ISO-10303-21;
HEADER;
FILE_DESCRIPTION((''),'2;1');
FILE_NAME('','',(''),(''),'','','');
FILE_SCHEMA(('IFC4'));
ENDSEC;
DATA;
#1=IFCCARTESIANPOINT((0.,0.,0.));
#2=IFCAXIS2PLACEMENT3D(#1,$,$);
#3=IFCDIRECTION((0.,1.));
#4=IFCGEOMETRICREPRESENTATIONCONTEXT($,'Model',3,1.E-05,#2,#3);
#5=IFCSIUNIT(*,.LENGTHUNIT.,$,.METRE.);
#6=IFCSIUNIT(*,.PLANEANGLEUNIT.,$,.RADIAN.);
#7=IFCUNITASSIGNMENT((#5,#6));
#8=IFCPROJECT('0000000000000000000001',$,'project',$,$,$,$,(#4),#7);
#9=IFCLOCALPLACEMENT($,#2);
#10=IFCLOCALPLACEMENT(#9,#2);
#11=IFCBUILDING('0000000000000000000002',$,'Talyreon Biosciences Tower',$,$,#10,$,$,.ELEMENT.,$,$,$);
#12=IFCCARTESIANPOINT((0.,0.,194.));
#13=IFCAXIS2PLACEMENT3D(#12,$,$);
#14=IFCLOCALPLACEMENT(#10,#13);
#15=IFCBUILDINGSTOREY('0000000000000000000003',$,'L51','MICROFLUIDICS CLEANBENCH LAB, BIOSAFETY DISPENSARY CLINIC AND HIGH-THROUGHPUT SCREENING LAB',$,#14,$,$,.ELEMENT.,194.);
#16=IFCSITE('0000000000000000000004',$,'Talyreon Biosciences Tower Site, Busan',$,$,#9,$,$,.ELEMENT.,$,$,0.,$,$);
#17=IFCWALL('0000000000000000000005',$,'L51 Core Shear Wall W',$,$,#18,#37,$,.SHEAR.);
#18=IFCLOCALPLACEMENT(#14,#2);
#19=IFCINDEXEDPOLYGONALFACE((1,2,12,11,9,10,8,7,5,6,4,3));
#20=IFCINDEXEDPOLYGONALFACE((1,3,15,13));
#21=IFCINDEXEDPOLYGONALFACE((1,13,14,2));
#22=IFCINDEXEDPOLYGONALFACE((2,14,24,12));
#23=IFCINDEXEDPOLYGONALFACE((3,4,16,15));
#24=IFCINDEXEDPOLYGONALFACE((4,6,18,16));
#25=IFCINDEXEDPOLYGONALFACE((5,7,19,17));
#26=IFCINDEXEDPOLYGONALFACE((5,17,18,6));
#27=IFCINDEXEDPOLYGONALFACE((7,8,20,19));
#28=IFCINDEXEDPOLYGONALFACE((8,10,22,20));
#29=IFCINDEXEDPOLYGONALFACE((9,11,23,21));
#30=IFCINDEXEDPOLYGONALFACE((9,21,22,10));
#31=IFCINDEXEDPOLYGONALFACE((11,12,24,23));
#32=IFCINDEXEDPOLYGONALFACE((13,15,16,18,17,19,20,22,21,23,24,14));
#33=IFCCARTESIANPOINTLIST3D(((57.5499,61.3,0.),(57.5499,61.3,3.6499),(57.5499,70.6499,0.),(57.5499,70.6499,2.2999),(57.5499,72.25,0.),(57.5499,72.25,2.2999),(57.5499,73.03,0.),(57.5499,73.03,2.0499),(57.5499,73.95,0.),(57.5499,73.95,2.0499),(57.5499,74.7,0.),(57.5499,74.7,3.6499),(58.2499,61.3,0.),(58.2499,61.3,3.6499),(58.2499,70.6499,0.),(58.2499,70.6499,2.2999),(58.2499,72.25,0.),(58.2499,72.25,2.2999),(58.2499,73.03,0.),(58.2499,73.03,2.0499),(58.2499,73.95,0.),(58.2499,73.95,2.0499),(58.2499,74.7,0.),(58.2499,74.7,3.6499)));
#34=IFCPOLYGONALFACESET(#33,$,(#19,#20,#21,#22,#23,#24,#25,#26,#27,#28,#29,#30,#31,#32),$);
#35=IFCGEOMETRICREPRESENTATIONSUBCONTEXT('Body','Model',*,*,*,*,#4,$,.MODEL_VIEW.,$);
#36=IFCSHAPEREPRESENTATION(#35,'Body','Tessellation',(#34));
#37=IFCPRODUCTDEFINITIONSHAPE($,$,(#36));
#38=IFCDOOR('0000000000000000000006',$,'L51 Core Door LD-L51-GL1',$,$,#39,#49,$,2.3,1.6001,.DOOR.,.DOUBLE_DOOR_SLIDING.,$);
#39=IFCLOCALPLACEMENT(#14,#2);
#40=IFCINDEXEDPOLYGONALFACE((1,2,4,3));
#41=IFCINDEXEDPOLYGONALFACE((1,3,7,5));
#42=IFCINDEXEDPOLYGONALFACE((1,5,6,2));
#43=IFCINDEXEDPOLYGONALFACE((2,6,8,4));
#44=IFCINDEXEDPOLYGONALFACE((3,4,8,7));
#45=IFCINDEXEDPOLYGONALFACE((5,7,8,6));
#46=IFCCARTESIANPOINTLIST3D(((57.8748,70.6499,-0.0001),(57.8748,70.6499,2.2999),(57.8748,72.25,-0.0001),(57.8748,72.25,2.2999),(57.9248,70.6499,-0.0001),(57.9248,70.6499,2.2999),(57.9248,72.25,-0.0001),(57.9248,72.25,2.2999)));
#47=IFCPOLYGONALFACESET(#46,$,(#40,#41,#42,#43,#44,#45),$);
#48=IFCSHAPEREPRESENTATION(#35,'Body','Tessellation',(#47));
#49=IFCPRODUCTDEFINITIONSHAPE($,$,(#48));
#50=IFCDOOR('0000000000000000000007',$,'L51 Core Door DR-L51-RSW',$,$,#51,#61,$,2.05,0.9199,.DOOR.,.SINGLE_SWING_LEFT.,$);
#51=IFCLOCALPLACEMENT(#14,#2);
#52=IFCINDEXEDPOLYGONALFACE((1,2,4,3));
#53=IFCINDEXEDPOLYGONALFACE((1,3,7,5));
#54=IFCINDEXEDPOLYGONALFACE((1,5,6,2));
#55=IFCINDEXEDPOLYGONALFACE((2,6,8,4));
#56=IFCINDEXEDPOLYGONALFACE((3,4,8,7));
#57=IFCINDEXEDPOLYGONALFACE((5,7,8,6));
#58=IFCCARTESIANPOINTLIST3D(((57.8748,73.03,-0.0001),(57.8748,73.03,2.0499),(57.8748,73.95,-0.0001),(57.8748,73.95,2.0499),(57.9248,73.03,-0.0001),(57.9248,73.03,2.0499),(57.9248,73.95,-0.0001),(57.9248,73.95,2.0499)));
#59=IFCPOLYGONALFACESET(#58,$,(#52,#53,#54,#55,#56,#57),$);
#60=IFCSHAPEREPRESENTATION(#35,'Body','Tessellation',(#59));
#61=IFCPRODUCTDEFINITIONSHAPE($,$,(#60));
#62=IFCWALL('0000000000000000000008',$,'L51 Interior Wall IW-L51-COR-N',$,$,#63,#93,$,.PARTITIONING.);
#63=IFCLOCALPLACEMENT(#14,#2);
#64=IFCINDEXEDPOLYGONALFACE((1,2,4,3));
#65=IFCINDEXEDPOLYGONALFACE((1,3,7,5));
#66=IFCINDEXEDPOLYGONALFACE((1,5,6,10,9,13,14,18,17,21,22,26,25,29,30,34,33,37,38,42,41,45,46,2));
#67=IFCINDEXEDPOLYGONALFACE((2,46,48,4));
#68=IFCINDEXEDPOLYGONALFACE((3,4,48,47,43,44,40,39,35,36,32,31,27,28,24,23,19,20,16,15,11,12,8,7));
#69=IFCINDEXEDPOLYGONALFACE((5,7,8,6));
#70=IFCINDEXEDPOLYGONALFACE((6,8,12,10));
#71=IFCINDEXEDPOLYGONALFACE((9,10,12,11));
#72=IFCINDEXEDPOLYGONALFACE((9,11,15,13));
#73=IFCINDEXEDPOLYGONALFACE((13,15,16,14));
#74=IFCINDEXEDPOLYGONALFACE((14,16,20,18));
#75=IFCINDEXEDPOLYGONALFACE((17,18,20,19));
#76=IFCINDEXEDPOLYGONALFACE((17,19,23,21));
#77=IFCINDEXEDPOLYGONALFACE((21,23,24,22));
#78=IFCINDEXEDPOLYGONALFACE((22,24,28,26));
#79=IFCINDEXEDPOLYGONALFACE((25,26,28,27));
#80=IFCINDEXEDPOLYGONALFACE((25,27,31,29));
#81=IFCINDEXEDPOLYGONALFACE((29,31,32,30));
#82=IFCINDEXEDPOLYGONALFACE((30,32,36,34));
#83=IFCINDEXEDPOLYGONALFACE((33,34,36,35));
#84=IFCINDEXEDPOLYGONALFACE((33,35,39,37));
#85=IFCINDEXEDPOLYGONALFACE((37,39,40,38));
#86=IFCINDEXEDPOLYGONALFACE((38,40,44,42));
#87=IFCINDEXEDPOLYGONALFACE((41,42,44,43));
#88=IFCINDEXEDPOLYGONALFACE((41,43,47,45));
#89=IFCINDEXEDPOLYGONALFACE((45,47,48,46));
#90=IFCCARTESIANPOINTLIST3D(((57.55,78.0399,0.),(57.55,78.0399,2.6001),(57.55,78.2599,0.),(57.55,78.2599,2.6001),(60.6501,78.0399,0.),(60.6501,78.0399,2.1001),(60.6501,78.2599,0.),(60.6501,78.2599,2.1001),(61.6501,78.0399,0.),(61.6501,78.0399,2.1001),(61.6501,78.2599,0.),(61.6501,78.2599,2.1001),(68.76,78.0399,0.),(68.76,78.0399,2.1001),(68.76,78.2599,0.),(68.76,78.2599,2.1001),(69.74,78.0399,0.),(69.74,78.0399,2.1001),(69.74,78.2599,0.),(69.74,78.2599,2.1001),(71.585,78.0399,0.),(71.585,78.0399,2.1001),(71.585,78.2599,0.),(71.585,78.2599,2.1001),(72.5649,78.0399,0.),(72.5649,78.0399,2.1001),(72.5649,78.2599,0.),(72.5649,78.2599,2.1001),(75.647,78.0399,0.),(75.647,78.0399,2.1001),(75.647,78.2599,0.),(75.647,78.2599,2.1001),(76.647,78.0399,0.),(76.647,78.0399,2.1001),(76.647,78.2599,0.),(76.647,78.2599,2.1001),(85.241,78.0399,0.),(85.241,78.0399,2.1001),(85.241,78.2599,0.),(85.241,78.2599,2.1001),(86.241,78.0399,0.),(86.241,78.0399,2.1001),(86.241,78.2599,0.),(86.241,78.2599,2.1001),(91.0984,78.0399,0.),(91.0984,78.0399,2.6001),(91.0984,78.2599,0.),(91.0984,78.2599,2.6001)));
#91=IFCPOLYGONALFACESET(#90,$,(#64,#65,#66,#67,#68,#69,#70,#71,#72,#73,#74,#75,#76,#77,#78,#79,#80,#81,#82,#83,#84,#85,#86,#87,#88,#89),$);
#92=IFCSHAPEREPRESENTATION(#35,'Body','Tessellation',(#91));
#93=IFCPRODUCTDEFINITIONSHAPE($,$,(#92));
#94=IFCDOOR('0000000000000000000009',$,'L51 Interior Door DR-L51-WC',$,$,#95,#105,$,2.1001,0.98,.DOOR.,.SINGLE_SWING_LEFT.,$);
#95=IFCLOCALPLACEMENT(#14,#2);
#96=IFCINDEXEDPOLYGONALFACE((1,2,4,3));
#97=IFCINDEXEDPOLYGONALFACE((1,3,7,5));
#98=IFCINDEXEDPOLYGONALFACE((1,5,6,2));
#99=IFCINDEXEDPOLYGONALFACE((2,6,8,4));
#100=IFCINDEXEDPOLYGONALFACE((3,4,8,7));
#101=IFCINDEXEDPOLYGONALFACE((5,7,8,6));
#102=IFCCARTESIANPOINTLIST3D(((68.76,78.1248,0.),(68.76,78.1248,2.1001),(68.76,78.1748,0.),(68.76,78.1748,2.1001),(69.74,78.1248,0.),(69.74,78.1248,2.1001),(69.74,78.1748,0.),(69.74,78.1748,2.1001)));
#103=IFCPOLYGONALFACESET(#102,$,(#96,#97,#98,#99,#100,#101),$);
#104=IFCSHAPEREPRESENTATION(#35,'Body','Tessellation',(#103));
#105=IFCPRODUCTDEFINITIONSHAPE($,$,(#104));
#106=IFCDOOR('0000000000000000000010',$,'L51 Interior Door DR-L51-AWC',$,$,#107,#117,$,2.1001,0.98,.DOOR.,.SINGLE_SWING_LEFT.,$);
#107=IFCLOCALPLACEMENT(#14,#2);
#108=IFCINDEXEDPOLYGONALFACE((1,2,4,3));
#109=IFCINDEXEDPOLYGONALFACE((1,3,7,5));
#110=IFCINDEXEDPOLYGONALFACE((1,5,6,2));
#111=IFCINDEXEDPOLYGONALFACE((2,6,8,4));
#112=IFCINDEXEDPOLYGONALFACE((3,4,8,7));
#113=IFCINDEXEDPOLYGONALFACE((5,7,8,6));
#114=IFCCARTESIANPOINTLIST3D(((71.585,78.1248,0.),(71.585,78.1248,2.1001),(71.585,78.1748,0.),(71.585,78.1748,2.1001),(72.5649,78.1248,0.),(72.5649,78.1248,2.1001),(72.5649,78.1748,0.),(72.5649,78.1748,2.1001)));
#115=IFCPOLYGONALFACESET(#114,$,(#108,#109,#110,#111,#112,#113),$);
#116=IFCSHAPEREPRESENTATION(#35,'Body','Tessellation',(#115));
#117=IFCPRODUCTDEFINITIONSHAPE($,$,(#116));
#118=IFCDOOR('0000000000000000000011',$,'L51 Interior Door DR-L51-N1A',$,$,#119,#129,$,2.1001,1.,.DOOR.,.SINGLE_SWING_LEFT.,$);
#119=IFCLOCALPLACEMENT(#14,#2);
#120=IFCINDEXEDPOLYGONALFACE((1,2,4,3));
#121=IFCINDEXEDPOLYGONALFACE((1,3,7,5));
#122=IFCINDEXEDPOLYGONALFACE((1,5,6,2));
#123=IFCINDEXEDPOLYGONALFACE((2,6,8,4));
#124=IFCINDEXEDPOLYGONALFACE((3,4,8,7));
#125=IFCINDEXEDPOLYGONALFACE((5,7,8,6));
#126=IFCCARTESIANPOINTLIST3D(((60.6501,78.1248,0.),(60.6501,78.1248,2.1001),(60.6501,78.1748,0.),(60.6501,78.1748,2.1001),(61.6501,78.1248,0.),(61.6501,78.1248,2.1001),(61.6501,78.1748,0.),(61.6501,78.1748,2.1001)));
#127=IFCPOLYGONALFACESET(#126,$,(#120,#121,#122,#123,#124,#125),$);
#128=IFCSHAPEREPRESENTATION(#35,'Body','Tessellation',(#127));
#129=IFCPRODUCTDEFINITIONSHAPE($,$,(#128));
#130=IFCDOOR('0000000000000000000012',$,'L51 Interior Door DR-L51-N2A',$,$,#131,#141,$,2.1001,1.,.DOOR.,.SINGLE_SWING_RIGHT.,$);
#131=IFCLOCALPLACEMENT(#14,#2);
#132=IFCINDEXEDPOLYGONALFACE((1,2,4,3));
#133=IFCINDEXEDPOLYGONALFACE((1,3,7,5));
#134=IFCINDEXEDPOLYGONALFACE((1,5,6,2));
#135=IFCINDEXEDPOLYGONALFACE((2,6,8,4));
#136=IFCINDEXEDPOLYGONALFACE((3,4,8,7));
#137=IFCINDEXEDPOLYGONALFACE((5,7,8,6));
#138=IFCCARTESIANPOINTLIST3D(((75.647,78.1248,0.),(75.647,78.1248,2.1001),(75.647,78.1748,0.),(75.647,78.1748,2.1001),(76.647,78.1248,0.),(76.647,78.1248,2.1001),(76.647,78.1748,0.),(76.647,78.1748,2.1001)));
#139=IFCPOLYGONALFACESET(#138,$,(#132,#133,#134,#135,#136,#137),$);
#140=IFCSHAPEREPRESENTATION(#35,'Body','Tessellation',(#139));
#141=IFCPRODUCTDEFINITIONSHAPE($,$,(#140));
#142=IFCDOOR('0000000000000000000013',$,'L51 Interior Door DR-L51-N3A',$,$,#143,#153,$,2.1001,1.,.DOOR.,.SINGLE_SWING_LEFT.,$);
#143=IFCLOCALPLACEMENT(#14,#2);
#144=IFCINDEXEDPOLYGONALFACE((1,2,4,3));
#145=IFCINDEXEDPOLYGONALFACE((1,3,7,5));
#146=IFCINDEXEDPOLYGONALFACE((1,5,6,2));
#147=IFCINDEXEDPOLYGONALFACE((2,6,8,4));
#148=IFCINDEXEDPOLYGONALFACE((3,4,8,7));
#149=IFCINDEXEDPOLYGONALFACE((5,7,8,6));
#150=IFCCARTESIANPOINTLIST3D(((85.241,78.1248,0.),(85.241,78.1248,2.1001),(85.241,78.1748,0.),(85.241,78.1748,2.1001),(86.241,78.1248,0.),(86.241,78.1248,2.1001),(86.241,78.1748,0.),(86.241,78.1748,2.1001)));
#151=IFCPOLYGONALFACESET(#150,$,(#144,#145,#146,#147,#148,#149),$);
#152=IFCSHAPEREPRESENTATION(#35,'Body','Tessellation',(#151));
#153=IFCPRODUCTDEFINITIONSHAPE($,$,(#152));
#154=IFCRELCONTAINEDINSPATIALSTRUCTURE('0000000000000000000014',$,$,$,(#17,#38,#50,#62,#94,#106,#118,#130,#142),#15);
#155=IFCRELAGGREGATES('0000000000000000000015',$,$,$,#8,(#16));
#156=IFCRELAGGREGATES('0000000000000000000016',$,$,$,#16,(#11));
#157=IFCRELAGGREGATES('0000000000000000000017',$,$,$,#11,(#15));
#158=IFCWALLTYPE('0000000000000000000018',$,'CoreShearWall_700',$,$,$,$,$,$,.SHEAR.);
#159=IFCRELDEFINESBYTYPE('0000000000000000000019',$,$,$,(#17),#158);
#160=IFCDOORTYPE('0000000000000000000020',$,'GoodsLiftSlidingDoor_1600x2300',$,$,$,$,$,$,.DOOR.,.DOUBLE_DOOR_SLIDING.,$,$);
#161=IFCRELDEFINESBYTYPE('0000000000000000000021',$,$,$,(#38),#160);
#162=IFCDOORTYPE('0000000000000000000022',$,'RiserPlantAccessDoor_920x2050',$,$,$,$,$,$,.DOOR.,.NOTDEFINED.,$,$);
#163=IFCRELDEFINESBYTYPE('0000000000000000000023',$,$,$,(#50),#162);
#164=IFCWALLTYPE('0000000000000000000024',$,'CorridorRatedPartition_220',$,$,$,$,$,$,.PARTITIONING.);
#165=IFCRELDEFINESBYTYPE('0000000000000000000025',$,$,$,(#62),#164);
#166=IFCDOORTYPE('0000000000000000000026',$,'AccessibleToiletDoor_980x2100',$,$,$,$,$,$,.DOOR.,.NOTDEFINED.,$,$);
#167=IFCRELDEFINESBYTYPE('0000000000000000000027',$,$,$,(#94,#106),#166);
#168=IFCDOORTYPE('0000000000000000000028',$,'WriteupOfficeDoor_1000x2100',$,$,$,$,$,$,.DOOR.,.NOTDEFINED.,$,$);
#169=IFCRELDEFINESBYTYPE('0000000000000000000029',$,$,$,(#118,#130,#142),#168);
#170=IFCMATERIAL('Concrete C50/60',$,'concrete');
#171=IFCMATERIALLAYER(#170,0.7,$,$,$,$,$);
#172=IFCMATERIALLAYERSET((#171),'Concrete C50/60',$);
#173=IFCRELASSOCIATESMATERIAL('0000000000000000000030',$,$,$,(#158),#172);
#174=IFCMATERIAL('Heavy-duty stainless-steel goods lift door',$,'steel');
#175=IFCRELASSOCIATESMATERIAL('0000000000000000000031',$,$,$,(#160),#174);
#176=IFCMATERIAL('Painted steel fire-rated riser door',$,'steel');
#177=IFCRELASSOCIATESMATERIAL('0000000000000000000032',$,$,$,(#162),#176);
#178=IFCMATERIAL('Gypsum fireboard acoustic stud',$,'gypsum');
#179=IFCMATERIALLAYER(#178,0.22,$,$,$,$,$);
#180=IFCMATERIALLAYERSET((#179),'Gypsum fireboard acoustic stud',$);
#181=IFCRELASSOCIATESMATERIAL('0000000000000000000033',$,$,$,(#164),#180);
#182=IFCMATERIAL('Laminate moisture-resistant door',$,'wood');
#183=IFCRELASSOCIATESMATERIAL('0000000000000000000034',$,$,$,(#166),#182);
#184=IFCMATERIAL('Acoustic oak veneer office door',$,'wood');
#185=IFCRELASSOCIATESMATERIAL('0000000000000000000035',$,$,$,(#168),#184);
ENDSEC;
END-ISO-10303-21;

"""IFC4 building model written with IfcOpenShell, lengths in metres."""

from ifc_helpers import new_model, si_unit, direction, frame, frame_2d, origin, place, context, subcontext, project, spatial, rectangle, extrude, material, layer, layer_set, type_object, element, fill, save


model = new_model("IFC4")

# Units and contexts
model_context = context("Model", 3, precision=1e-05, world=origin(), true_north=direction((0.0, 1.0)))
body_context = subcontext(model_context, "Body", "Model", "MODEL_VIEW")
ifc_project = project(units=[si_unit("LENGTHUNIT", "METRE"), si_unit("PLANEANGLEUNIT", "RADIAN")], contexts=[model_context])

# Site, building, storey
site_placement = place(None, origin())
site = spatial("IfcSite", under=ifc_project, at=site_placement, Name="Talyreon Biosciences Tower Site, Busan", CompositionType="ELEMENT", RefElevation=0.0)
building_placement = place(site_placement, origin())
building = spatial("IfcBuilding", under=site, at=building_placement, Name="Talyreon Biosciences Tower", CompositionType="ELEMENT")
storey_placement = place(building_placement, frame((0.0, 0.0, 194.0)))
storey = spatial("IfcBuildingStorey", under=building, at=storey_placement, Name="L51", Description="MICROFLUIDICS CLEANBENCH LAB, BIOSAFETY DISPENSARY CLINIC AND HIGH-THROUGHPUT SCREENING LAB", CompositionType="ELEMENT", Elevation=194.0)

# Shared definitions
ifc_material_1 = material(Name="Concrete C50/60", Category="concrete")

# Shared definitions
ifc_layer_1 = layer(ifc_material_1, 0.7)
ifc_layer_set_1 = layer_set([ifc_layer_1], Name="Concrete C50/60")
wall_type_1 = type_object("IfcWallType", Name="CoreShearWall_700", PredefinedType="SHEAR", material=ifc_layer_set_1)

# Walls, openings, doors
wall_1_placement = place(storey_placement, frame((57.8999, 74.7, 0.0), z_axis=(0.0, 0.0, 1.0), x_axis=(0.0, -1.0, 0.0)))
wall_1 = element("IfcWall", 1, at=wall_1_placement, inside=storey, type_object=wall_type_1, Name="L51 Core Shear Wall W", PredefinedType="SHEAR", context=body_context, shape_type="SweptSolid", body=[
    extrude(rectangle(XDim=13.3999, YDim=0.7, at=frame_2d((6.7, 0.0))), origin(), (0.0, 0.0, 1.0), 3.6499),
])
opening_1_placement = place(wall_1_placement, frame((0.75, 0.0, 0.0)))
opening_1 = element("IfcOpeningElement", 2, at=opening_1_placement, cuts=wall_1, PredefinedType="OPENING", context=body_context, shape_type="SweptSolid", body=[
    extrude(rectangle(XDim=0.9199, YDim=2.05, at=frame_2d((0.46, 1.0249))), frame((0.0, 0.3599, 0.0), z_axis=(0.0, -1.0, 0.0), x_axis=(1.0, 0.0, 0.0)), (0.0, 0.0, 1.0), 0.72),
])
opening_2_placement = place(wall_1_placement, frame((2.45, 0.0, 0.0)))
opening_2 = element("IfcOpeningElement", 3, at=opening_2_placement, cuts=wall_1, PredefinedType="OPENING", context=body_context, shape_type="SweptSolid", body=[
    extrude(rectangle(XDim=1.6001, YDim=2.3, at=frame_2d((0.8, 1.1499))), frame((0.0, 0.3599, 0.0), z_axis=(0.0, -1.0, 0.0), x_axis=(1.0, 0.0, 0.0)), (0.0, 0.0, 1.0), 0.72),
])
ifc_material_2 = material(Name="Heavy-duty stainless-steel goods lift door", Category="steel")
door_type_1 = type_object("IfcDoorType", Name="GoodsLiftSlidingDoor_1600x2300", OperationType="DOUBLE_DOOR_SLIDING", PredefinedType="DOOR", material=ifc_material_2)
door_1_placement = place(opening_2_placement, origin())
door_1 = element("IfcDoor", 4, at=door_1_placement, inside=storey, type_object=door_type_1, Name="L51 Core Door LD-L51-GL1", OperationType="DOUBLE_DOOR_SLIDING", OverallHeight=2.3, OverallWidth=1.6001, PredefinedType="DOOR", context=body_context, shape_type="SweptSolid", body=[
    extrude(rectangle(XDim=1.6001, YDim=2.3, at=frame_2d((0.8, 1.1499))), frame((0.0, 0.0249, 0.0), z_axis=(0.0, -1.0, 0.0), x_axis=(1.0, 0.0, 0.0)), (0.0, 0.0, 1.0), 0.05),
])
fill(opening_2, door_1)
ifc_material_3 = material(Name="Painted steel fire-rated riser door", Category="steel")
door_type_2 = type_object("IfcDoorType", Name="RiserPlantAccessDoor_920x2050", OperationType="NOTDEFINED", PredefinedType="DOOR", material=ifc_material_3)
door_2_placement = place(opening_1_placement, origin())
door_2 = element("IfcDoor", 5, at=door_2_placement, inside=storey, type_object=door_type_2, Name="L51 Core Door DR-L51-RSW", OperationType="SINGLE_SWING_LEFT", OverallHeight=2.05, OverallWidth=0.9199, PredefinedType="DOOR", context=body_context, shape_type="SweptSolid", body=[
    extrude(rectangle(XDim=0.9199, YDim=2.05, at=frame_2d((0.46, 1.0249))), frame((0.0, 0.0249, 0.0), z_axis=(0.0, -1.0, 0.0), x_axis=(1.0, 0.0, 0.0)), (0.0, 0.0, 1.0), 0.05),
])
fill(opening_1, door_2)
ifc_material_4 = material(Name="Gypsum fireboard acoustic stud", Category="gypsum")
ifc_layer_2 = layer(ifc_material_4, 0.22)
ifc_layer_set_2 = layer_set([ifc_layer_2], Name="Gypsum fireboard acoustic stud")
wall_type_2 = type_object("IfcWallType", Name="CorridorRatedPartition_220", PredefinedType="PARTITIONING", material=ifc_layer_set_2)
wall_2_placement = place(storey_placement, frame((57.55, 78.1499, 0.0), z_axis=(0.0, 0.0, 1.0), x_axis=(1.0, 0.0, 0.0)))
wall_2 = element("IfcWall", 6, at=wall_2_placement, inside=storey, type_object=wall_type_2, Name="L51 Interior Wall IW-L51-COR-N", PredefinedType="PARTITIONING", context=body_context, shape_type="SweptSolid", body=[
    extrude(rectangle(XDim=33.5483, YDim=0.22, at=frame_2d((16.7742, 0.0))), origin(), (0.0, 0.0, 1.0), 2.6001),
])
opening_3_placement = place(wall_2_placement, frame((11.21, 0.0, 0.0)))
opening_3 = element("IfcOpeningElement", 7, at=opening_3_placement, cuts=wall_2, PredefinedType="OPENING", context=body_context, shape_type="SweptSolid", body=[
    extrude(rectangle(XDim=0.98, YDim=2.1001, at=frame_2d((0.49, 1.05))), frame((0.0, 0.1199, 0.0), z_axis=(0.0, -1.0, 0.0), x_axis=(1.0, 0.0, 0.0)), (0.0, 0.0, 1.0), 0.24),
])
opening_4_placement = place(wall_2_placement, frame((14.0349, 0.0, 0.0)))
opening_4 = element("IfcOpeningElement", 8, at=opening_4_placement, cuts=wall_2, PredefinedType="OPENING", context=body_context, shape_type="SweptSolid", body=[
    extrude(rectangle(XDim=0.98, YDim=2.1001, at=frame_2d((0.49, 1.05))), frame((0.0, 0.1199, 0.0), z_axis=(0.0, -1.0, 0.0), x_axis=(1.0, 0.0, 0.0)), (0.0, 0.0, 1.0), 0.24),
])
opening_5_placement = place(wall_2_placement, frame((3.1001, 0.0, 0.0)))
opening_5 = element("IfcOpeningElement", 9, at=opening_5_placement, cuts=wall_2, PredefinedType="OPENING", context=body_context, shape_type="SweptSolid", body=[
    extrude(rectangle(XDim=1.0, YDim=2.1001, at=frame_2d((0.5, 1.05))), frame((0.0, 0.1199, 0.0), z_axis=(0.0, -1.0, 0.0), x_axis=(1.0, 0.0, 0.0)), (0.0, 0.0, 1.0), 0.24),
])
opening_6_placement = place(wall_2_placement, frame((18.0969, 0.0, 0.0)))
opening_6 = element("IfcOpeningElement", 10, at=opening_6_placement, cuts=wall_2, PredefinedType="OPENING", context=body_context, shape_type="SweptSolid", body=[
    extrude(rectangle(XDim=1.0, YDim=2.1001, at=frame_2d((0.5, 1.05))), frame((0.0, 0.1199, 0.0), z_axis=(0.0, -1.0, 0.0), x_axis=(1.0, 0.0, 0.0)), (0.0, 0.0, 1.0), 0.24),
])
opening_7_placement = place(wall_2_placement, frame((27.6909, 0.0, 0.0)))
opening_7 = element("IfcOpeningElement", 11, at=opening_7_placement, cuts=wall_2, PredefinedType="OPENING", context=body_context, shape_type="SweptSolid", body=[
    extrude(rectangle(XDim=1.0, YDim=2.1001, at=frame_2d((0.5, 1.05))), frame((0.0, 0.1199, 0.0), z_axis=(0.0, -1.0, 0.0), x_axis=(1.0, 0.0, 0.0)), (0.0, 0.0, 1.0), 0.24),
])
ifc_material_5 = material(Name="Laminate moisture-resistant door", Category="wood")
door_type_3 = type_object("IfcDoorType", Name="AccessibleToiletDoor_980x2100", OperationType="NOTDEFINED", PredefinedType="DOOR", material=ifc_material_5)
door_3_placement = place(opening_3_placement, origin())
door_3 = element("IfcDoor", 12, at=door_3_placement, inside=storey, type_object=door_type_3, Name="L51 Interior Door DR-L51-WC", OperationType="SINGLE_SWING_LEFT", OverallHeight=2.1001, OverallWidth=0.98, PredefinedType="DOOR", context=body_context, shape_type="SweptSolid", body=[
    extrude(rectangle(XDim=0.98, YDim=2.1001, at=frame_2d((0.49, 1.05))), frame((0.0, 0.0249, 0.0), z_axis=(0.0, -1.0, 0.0), x_axis=(1.0, 0.0, 0.0)), (0.0, 0.0, 1.0), 0.05),
])
fill(opening_3, door_3)
door_4_placement = place(opening_4_placement, origin())
door_4 = element("IfcDoor", 13, at=door_4_placement, inside=storey, type_object=door_type_3, Name="L51 Interior Door DR-L51-AWC", OperationType="SINGLE_SWING_LEFT", OverallHeight=2.1001, OverallWidth=0.98, PredefinedType="DOOR", context=body_context, shape_type="SweptSolid", body=[
    extrude(rectangle(XDim=0.98, YDim=2.1001, at=frame_2d((0.49, 1.05))), frame((0.0, 0.0249, 0.0), z_axis=(0.0, -1.0, 0.0), x_axis=(1.0, 0.0, 0.0)), (0.0, 0.0, 1.0), 0.05),
])
fill(opening_4, door_4)
ifc_material_6 = material(Name="Acoustic oak veneer office door", Category="wood")
door_type_4 = type_object("IfcDoorType", Name="WriteupOfficeDoor_1000x2100", OperationType="NOTDEFINED", PredefinedType="DOOR", material=ifc_material_6)
door_5_placement = place(opening_5_placement, origin())
door_5 = element("IfcDoor", 14, at=door_5_placement, inside=storey, type_object=door_type_4, Name="L51 Interior Door DR-L51-N1A", OperationType="SINGLE_SWING_LEFT", OverallHeight=2.1001, OverallWidth=1.0, PredefinedType="DOOR", context=body_context, shape_type="SweptSolid", body=[
    extrude(rectangle(XDim=1.0, YDim=2.1001, at=frame_2d((0.5, 1.05))), frame((0.0, 0.0249, 0.0), z_axis=(0.0, -1.0, 0.0), x_axis=(1.0, 0.0, 0.0)), (0.0, 0.0, 1.0), 0.05),
])
fill(opening_5, door_5)
door_6_placement = place(opening_6_placement, origin())
door_6 = element("IfcDoor", 15, at=door_6_placement, inside=storey, type_object=door_type_4, Name="L51 Interior Door DR-L51-N2A", OperationType="SINGLE_SWING_RIGHT", OverallHeight=2.1001, OverallWidth=1.0, PredefinedType="DOOR", context=body_context, shape_type="SweptSolid", body=[
    extrude(rectangle(XDim=1.0, YDim=2.1001, at=frame_2d((0.5, 1.05))), frame((0.0, 0.0249, 0.0), z_axis=(0.0, -1.0, 0.0), x_axis=(1.0, 0.0, 0.0)), (0.0, 0.0, 1.0), 0.05),
])
fill(opening_6, door_6)
door_7_placement = place(opening_7_placement, origin())
door_7 = element("IfcDoor", 16, at=door_7_placement, inside=storey, type_object=door_type_4, Name="L51 Interior Door DR-L51-N3A", OperationType="SINGLE_SWING_LEFT", OverallHeight=2.1001, OverallWidth=1.0, PredefinedType="DOOR", context=body_context, shape_type="SweptSolid", body=[
    extrude(rectangle(XDim=1.0, YDim=2.1001, at=frame_2d((0.5, 1.05))), frame((0.0, 0.0249, 0.0), z_axis=(0.0, -1.0, 0.0), x_axis=(1.0, 0.0, 0.0)), (0.0, 0.0, 1.0), 0.05),
])
fill(opening_7, door_7)

save(model, "model.ifc")
